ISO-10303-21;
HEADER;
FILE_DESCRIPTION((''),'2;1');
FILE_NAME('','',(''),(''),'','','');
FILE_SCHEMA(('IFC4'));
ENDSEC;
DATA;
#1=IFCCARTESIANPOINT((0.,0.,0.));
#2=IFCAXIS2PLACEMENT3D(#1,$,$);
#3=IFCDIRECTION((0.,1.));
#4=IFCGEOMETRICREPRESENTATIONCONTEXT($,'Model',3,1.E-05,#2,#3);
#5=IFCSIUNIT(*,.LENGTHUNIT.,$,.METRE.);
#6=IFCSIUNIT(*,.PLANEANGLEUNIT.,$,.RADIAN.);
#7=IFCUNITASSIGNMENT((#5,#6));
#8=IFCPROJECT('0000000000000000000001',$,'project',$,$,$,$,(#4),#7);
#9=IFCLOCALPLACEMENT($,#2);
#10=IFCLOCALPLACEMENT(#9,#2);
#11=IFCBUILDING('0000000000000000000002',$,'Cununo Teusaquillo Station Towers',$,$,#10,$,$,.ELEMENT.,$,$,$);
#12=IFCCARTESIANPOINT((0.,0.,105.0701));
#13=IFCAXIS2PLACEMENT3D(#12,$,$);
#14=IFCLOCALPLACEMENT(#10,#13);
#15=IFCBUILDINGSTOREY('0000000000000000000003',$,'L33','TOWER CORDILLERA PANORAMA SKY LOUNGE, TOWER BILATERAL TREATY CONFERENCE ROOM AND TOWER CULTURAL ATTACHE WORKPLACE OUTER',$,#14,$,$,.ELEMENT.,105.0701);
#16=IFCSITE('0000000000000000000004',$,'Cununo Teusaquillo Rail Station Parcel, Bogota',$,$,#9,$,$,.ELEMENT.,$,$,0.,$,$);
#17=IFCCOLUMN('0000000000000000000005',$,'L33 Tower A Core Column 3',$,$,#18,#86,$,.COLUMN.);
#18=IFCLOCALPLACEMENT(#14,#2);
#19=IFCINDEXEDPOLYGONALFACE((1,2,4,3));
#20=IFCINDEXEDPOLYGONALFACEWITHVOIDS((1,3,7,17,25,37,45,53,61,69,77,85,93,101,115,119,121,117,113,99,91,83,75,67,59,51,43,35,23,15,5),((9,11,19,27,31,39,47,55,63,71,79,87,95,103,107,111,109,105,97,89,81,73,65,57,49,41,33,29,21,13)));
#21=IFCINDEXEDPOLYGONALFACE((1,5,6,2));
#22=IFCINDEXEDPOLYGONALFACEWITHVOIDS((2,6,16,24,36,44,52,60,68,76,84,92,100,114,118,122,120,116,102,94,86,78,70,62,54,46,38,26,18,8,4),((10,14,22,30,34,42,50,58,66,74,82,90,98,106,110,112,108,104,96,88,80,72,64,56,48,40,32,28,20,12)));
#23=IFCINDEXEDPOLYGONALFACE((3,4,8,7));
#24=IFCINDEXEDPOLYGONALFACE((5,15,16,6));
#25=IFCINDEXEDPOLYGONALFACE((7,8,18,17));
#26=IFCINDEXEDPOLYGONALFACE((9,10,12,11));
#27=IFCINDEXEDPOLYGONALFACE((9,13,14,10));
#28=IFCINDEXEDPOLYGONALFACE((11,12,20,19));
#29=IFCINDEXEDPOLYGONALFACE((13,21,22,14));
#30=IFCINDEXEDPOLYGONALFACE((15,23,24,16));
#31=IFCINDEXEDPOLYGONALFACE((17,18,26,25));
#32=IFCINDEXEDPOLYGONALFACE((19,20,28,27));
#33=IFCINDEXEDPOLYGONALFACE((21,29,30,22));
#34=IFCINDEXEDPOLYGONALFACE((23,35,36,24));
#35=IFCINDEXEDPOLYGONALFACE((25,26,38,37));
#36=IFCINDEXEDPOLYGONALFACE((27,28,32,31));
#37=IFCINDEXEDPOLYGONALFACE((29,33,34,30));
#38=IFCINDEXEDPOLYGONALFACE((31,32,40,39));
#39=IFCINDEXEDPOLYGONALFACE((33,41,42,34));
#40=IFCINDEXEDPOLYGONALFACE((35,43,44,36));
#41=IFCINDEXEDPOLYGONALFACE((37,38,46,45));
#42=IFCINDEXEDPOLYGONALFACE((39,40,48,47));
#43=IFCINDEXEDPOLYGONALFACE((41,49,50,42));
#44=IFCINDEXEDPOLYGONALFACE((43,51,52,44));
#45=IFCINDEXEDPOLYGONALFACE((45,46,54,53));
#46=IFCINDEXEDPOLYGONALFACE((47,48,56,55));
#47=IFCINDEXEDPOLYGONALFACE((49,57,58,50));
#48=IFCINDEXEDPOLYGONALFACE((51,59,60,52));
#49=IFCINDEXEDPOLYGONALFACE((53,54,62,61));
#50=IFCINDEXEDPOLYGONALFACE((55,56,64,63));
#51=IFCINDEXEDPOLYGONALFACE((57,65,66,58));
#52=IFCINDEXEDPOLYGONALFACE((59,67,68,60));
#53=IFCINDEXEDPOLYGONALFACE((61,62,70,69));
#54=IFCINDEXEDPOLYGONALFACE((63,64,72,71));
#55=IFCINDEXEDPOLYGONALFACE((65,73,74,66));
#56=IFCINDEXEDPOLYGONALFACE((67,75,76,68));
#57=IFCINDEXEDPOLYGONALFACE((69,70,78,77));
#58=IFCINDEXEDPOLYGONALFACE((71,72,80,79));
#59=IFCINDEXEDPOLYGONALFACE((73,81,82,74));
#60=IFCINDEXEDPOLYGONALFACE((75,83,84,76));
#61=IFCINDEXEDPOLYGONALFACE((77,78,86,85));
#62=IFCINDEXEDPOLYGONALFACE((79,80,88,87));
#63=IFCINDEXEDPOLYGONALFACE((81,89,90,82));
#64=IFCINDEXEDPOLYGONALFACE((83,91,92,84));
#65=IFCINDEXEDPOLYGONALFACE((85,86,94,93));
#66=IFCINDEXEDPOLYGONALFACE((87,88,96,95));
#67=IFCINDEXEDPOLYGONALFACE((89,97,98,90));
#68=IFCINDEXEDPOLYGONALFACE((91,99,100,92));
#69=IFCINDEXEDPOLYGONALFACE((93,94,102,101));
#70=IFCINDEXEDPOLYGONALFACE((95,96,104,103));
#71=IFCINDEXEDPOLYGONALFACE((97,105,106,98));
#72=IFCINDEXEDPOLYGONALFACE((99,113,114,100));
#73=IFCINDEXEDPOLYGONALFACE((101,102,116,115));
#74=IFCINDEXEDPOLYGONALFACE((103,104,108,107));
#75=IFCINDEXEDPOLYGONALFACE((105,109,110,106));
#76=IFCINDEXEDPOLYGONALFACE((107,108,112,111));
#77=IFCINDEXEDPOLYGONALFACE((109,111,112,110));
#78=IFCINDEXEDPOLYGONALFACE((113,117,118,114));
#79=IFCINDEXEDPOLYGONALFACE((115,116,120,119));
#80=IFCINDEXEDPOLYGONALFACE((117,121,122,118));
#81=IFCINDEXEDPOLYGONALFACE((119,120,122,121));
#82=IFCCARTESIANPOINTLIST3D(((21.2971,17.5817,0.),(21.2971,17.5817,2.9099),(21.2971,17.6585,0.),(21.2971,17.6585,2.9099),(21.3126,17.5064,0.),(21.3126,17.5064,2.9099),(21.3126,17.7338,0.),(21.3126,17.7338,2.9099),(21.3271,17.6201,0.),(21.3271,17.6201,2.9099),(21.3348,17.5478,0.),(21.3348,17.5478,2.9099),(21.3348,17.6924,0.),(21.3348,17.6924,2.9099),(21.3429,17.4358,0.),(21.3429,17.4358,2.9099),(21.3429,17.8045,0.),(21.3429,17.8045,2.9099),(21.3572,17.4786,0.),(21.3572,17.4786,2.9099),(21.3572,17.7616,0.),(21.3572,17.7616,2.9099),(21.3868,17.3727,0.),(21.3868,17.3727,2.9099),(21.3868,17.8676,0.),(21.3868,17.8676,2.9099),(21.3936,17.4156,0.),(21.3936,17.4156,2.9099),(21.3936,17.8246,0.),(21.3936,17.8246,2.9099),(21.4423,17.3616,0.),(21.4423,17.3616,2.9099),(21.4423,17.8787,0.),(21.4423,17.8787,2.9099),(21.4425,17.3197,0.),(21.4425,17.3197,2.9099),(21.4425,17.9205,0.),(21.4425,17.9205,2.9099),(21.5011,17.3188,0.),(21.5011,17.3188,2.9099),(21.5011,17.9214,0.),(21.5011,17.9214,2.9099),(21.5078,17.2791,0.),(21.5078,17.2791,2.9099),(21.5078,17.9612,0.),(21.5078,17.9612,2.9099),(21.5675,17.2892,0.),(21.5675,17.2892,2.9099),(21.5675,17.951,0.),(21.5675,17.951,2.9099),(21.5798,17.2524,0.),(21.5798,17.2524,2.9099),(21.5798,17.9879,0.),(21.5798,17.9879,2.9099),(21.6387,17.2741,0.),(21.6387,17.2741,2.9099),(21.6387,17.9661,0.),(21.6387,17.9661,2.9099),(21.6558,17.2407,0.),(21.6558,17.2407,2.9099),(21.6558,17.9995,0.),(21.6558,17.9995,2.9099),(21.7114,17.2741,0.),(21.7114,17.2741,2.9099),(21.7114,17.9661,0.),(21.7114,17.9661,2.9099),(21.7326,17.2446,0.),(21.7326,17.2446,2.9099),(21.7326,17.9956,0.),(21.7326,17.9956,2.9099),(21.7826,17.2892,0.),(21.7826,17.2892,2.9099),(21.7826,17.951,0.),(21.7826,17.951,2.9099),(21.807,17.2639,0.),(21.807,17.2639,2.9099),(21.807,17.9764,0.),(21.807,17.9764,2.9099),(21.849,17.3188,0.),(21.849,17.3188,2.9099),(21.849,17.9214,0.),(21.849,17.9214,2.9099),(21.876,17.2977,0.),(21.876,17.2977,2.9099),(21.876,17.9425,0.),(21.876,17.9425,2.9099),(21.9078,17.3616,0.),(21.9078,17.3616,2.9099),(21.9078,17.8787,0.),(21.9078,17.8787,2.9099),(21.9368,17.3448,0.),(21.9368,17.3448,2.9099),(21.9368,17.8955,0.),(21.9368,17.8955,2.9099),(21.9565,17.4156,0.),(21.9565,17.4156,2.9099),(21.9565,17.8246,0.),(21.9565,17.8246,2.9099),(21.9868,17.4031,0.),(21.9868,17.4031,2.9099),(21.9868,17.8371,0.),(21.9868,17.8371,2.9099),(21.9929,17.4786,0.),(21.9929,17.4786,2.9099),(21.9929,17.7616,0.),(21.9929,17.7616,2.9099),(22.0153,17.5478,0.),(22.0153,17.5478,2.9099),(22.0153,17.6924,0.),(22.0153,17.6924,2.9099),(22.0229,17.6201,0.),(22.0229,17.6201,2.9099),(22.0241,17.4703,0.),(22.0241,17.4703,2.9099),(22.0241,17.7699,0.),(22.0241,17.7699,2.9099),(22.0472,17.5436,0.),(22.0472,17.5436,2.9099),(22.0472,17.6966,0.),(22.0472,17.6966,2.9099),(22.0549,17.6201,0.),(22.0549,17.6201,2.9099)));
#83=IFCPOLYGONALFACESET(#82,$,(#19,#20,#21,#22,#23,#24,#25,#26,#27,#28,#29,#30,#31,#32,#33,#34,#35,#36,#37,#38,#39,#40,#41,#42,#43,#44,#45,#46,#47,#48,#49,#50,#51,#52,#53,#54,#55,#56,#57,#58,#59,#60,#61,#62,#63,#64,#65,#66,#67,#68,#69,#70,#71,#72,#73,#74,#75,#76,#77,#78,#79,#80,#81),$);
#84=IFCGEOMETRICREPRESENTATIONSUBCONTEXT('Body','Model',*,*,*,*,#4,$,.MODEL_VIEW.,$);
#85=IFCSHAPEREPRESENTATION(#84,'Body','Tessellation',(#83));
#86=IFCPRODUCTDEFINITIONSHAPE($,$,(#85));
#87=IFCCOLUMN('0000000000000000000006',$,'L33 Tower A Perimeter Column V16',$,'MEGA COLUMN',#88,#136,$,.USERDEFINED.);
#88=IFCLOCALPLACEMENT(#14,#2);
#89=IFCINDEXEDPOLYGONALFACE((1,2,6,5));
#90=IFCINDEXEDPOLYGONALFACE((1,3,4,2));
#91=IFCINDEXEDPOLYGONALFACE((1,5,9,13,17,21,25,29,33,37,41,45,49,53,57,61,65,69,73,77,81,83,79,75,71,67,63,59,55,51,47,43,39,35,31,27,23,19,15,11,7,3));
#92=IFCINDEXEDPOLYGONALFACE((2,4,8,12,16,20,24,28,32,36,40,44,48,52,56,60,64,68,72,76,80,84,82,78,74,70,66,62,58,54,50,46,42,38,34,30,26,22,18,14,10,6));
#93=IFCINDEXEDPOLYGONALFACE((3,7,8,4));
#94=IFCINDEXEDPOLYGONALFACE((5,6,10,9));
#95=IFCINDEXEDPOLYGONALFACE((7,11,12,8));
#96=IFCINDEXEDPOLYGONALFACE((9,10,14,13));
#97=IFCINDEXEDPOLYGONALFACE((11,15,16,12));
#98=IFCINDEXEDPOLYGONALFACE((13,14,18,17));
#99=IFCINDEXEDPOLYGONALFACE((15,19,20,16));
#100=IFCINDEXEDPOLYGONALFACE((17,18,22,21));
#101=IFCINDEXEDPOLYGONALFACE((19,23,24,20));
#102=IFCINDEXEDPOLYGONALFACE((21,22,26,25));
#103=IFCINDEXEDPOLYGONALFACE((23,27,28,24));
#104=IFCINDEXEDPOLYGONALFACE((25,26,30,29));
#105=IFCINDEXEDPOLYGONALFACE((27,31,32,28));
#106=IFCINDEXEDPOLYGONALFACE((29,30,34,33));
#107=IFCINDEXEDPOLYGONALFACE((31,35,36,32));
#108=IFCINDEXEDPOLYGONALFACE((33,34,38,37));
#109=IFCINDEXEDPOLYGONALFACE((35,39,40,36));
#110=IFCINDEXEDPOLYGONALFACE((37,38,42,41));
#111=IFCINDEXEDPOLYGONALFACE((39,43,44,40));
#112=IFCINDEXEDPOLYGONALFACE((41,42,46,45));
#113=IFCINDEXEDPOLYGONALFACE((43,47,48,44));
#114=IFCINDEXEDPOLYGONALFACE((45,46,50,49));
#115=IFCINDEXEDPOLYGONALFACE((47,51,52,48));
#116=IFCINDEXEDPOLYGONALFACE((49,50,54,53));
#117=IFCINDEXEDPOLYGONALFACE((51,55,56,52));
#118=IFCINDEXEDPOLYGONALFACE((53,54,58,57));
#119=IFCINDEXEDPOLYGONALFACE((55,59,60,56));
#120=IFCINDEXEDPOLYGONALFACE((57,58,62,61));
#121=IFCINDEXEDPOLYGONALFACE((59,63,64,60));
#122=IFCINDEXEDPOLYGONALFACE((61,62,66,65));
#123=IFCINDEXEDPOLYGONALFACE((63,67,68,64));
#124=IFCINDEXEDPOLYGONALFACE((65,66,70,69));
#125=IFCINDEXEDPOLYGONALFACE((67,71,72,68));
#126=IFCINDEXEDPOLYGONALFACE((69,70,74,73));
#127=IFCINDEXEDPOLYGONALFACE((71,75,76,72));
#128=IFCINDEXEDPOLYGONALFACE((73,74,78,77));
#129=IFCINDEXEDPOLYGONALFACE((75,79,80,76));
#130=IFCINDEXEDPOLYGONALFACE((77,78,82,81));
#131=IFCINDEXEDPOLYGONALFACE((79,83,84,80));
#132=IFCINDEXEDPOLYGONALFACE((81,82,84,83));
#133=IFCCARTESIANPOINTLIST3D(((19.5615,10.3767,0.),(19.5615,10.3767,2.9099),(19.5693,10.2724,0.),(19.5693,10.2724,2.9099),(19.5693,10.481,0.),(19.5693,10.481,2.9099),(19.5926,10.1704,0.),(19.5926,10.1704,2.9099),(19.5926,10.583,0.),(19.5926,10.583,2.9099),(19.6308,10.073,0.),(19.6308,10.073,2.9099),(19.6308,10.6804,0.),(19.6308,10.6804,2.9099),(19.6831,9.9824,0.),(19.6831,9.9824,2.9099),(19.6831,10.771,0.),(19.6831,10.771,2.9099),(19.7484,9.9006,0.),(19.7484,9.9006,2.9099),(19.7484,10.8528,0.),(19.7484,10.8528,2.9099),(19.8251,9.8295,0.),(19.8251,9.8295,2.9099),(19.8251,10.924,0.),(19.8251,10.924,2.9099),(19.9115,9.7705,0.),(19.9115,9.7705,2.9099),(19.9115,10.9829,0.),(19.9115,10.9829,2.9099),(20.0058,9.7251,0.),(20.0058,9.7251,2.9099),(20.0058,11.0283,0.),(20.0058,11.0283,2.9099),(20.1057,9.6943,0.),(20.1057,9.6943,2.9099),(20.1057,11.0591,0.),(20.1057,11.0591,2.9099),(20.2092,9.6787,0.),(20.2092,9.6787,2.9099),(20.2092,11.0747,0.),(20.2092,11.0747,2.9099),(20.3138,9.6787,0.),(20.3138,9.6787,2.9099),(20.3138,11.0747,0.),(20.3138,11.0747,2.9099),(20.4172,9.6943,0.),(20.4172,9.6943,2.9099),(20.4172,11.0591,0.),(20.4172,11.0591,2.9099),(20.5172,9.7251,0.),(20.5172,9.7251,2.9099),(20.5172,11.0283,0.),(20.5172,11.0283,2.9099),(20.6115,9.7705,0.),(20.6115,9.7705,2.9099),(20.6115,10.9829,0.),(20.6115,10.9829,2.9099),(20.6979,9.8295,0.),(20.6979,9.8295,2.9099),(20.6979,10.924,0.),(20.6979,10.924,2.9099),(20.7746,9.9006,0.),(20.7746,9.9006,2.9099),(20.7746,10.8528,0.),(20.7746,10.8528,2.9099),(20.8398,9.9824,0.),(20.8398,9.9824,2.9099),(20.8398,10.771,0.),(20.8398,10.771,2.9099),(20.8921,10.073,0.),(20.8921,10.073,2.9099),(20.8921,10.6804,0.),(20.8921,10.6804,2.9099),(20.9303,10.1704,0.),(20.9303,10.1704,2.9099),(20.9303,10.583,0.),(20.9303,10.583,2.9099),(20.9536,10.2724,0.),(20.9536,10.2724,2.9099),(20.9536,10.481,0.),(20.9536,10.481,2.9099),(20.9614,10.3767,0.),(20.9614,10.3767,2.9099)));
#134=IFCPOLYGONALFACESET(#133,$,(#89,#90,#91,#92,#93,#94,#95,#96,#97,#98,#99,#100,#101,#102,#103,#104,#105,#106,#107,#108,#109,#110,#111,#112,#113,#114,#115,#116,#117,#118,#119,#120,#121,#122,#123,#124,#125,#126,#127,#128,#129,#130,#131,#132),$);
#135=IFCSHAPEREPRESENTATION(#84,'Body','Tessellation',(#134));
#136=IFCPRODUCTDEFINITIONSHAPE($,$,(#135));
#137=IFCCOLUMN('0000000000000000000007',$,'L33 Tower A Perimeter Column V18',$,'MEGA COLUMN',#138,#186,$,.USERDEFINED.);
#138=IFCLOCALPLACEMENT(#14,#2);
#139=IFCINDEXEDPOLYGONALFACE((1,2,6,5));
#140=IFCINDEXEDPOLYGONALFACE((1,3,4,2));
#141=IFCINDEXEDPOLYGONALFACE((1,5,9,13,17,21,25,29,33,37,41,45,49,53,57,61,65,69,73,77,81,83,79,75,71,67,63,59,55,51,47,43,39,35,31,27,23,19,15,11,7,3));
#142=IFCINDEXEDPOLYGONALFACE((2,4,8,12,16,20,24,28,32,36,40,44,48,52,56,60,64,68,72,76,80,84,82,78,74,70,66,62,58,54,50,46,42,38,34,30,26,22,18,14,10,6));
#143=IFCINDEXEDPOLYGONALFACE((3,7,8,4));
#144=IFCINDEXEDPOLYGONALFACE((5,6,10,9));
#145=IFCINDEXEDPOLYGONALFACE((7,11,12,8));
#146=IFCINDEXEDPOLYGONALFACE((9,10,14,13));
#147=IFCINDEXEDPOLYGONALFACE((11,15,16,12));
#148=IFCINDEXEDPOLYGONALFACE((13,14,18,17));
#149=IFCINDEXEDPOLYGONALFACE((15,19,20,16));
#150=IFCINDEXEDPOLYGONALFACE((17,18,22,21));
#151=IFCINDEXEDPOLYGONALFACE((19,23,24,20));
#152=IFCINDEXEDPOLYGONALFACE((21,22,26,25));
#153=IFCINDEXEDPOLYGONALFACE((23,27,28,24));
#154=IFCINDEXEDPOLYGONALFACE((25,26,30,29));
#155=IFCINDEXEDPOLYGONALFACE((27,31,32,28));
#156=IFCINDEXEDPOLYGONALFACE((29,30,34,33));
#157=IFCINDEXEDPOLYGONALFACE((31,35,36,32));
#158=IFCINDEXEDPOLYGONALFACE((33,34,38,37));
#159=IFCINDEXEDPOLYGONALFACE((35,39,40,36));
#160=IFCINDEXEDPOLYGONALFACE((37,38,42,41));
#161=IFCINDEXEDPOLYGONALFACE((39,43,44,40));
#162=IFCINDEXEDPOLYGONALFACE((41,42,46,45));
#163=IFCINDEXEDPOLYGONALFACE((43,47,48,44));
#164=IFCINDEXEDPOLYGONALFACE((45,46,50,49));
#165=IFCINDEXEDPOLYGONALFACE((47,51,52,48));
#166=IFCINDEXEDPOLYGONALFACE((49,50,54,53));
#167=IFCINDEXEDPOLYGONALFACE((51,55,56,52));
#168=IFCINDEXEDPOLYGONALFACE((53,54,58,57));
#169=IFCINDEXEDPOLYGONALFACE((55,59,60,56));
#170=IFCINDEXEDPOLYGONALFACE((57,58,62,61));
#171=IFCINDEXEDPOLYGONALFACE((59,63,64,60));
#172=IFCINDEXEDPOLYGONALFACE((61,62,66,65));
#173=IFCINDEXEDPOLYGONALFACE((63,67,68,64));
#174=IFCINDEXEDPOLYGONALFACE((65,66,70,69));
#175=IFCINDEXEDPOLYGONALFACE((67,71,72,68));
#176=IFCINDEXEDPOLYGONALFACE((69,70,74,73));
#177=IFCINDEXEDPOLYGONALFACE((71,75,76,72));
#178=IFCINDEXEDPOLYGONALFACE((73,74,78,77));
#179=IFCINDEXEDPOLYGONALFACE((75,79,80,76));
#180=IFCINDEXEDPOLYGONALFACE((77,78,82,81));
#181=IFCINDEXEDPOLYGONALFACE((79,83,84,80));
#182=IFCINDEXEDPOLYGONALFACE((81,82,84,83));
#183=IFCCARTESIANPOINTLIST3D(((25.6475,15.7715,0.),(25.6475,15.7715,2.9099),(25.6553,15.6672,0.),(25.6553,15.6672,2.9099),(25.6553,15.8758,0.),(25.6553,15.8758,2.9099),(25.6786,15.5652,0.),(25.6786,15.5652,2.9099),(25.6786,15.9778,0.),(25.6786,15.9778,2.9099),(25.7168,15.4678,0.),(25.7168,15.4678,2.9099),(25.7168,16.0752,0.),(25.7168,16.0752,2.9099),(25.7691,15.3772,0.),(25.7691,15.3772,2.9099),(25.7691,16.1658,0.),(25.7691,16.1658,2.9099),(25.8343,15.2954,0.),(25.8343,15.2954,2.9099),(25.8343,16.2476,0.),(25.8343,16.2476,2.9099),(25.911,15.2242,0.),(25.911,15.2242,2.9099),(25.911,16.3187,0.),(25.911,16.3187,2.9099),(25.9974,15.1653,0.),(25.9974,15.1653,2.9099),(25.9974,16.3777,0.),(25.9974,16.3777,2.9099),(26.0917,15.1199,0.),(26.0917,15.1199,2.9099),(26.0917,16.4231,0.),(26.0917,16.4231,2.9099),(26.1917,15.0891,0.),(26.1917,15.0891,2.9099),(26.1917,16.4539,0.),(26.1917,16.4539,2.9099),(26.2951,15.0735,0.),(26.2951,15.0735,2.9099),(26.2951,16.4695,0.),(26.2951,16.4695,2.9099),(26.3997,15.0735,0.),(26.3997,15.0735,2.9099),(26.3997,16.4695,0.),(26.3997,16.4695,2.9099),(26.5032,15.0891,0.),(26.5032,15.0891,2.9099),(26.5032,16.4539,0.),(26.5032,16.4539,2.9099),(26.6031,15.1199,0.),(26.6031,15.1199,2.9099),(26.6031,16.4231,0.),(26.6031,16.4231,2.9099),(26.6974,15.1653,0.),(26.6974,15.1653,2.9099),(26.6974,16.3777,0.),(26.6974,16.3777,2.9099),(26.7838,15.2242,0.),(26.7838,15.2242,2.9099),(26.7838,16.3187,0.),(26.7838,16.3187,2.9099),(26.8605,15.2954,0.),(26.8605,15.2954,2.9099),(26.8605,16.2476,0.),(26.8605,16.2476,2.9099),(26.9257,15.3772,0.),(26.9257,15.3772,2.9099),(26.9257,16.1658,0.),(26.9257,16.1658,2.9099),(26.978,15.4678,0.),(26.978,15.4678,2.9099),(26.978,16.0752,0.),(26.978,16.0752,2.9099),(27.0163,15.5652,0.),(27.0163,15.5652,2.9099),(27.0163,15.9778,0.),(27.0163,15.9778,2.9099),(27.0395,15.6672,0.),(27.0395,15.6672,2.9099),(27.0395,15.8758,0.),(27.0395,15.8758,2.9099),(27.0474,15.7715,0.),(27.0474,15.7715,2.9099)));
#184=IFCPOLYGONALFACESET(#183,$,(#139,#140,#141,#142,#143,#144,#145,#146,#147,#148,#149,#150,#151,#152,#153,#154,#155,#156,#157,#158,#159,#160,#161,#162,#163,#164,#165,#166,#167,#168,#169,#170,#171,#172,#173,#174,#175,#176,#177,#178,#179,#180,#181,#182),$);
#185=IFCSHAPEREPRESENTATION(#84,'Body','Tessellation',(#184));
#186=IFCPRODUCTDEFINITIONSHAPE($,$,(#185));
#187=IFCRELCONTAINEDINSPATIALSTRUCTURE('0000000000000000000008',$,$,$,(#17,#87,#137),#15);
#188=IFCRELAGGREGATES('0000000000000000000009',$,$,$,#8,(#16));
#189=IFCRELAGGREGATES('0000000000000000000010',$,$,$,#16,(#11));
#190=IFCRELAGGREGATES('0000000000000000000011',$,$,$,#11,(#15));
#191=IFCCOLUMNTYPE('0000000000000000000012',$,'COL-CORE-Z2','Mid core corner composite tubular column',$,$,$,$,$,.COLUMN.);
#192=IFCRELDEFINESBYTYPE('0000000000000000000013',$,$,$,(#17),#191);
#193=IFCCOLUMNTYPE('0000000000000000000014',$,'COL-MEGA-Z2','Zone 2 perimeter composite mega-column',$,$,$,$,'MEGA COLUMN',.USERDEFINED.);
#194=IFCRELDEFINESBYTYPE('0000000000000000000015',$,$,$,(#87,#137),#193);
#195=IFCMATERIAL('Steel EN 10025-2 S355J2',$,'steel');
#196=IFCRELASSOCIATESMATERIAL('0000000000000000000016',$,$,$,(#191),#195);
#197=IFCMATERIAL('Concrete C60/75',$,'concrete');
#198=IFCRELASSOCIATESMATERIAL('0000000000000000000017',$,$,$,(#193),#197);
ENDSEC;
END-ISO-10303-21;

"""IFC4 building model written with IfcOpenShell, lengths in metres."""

from ifc_helpers import new_model, si_unit, direction, frame, origin, origin_2d, place, context, subcontext, project, spatial, circle, hollow_circle, extrude, material, material_profile, profile_set, type_object, element, save


model = new_model("IFC4")

# Units and contexts
model_context = context("Model", 3, precision=1e-05, world=origin(), true_north=direction((0.0, 1.0)))
body_context = subcontext(model_context, "Body", "Model", "MODEL_VIEW")
ifc_project = project(units=[si_unit("LENGTHUNIT", "METRE"), si_unit("PLANEANGLEUNIT", "RADIAN")], contexts=[model_context])

# Site, building, storey
site_placement = place(None, origin())
site = spatial("IfcSite", under=ifc_project, at=site_placement, Name="Cununo Teusaquillo Rail Station Parcel, Bogota", CompositionType="ELEMENT", RefElevation=0.0)
building_placement = place(site_placement, origin())
building = spatial("IfcBuilding", under=site, at=building_placement, Name="Cununo Teusaquillo Station Towers", CompositionType="ELEMENT")
storey_placement = place(building_placement, frame((0.0, 0.0, 105.0701)))
storey = spatial("IfcBuildingStorey", under=building, at=storey_placement, Name="L33", Description="TOWER CORDILLERA PANORAMA SKY LOUNGE, TOWER BILATERAL TREATY CONFERENCE ROOM AND TOWER CULTURAL ATTACHE WORKPLACE OUTER", CompositionType="ELEMENT", Elevation=105.0701)

# Columns
ifc_material_1 = material(Name="Steel EN 10025-2 S355J2", Category="steel")
ifc_material_profile_1 = material_profile(ifc_material_1, hollow_circle(Radius=0.3799, WallThickness=0.032, at=origin_2d()), Name="CHS 760x32")
ifc_profile_set_1 = profile_set([ifc_material_profile_1], Name="Steel EN 10025-2 S355J2")
column_type_1 = type_object("IfcColumnType", Name="COL-CORE-Z2", Description="Mid core corner composite tubular column", PredefinedType="COLUMN", material=ifc_profile_set_1)
column_placement = place(storey_placement, frame((21.675, 17.6201, 0.0), z_axis=(0.0, 0.0, 1.0), x_axis=(1.0, 0.0, 0.0)))
element("IfcColumn", 1, at=column_placement, inside=storey, type_object=column_type_1, Name="L33 Tower A Core Column 3", PredefinedType="COLUMN", context=body_context, shape_type="SweptSolid", body=[
    extrude(hollow_circle(Radius=0.3799, WallThickness=0.032, at=origin_2d()), origin(), (0.0, 0.0, 1.0), 2.9099),
])
ifc_material_2 = material(Name="Concrete C60/75", Category="concrete")
ifc_material_profile_2 = material_profile(ifc_material_2, circle(Radius=0.7, at=origin_2d()), Name="RC-CIRC-1400")
ifc_profile_set_2 = profile_set([ifc_material_profile_2], Name="Concrete C60/75")
column_type_2 = type_object("IfcColumnType", Name="COL-MEGA-Z2", Description="Zone 2 perimeter composite mega-column", ElementType="MEGA COLUMN", PredefinedType="USERDEFINED", material=ifc_profile_set_2)
for number, where, z_axis, x_axis, name in (
    (2, (20.2615, 10.3767, 0.0), (0.0, 0.0, 1.0), (1.0, 0.0, 0.0), "L33 Tower A Perimeter Column V16"),
    (3, (26.3474, 15.7715, 0.0), (0.0, 0.0, 1.0), (1.0, 0.0, 0.0), "L33 Tower A Perimeter Column V18"),
):
    element("IfcColumn", number, at=place(storey_placement, frame(where, z_axis=z_axis, x_axis=x_axis)), inside=storey, type_object=column_type_2, Name=name, ObjectType="MEGA COLUMN", PredefinedType="USERDEFINED", context=body_context, shape_type="SweptSolid", body=[
        extrude(circle(Radius=0.7, at=origin_2d()), origin(), (0.0, 0.0, 1.0), 2.9099),
    ])

save(model, "model.ifc")
